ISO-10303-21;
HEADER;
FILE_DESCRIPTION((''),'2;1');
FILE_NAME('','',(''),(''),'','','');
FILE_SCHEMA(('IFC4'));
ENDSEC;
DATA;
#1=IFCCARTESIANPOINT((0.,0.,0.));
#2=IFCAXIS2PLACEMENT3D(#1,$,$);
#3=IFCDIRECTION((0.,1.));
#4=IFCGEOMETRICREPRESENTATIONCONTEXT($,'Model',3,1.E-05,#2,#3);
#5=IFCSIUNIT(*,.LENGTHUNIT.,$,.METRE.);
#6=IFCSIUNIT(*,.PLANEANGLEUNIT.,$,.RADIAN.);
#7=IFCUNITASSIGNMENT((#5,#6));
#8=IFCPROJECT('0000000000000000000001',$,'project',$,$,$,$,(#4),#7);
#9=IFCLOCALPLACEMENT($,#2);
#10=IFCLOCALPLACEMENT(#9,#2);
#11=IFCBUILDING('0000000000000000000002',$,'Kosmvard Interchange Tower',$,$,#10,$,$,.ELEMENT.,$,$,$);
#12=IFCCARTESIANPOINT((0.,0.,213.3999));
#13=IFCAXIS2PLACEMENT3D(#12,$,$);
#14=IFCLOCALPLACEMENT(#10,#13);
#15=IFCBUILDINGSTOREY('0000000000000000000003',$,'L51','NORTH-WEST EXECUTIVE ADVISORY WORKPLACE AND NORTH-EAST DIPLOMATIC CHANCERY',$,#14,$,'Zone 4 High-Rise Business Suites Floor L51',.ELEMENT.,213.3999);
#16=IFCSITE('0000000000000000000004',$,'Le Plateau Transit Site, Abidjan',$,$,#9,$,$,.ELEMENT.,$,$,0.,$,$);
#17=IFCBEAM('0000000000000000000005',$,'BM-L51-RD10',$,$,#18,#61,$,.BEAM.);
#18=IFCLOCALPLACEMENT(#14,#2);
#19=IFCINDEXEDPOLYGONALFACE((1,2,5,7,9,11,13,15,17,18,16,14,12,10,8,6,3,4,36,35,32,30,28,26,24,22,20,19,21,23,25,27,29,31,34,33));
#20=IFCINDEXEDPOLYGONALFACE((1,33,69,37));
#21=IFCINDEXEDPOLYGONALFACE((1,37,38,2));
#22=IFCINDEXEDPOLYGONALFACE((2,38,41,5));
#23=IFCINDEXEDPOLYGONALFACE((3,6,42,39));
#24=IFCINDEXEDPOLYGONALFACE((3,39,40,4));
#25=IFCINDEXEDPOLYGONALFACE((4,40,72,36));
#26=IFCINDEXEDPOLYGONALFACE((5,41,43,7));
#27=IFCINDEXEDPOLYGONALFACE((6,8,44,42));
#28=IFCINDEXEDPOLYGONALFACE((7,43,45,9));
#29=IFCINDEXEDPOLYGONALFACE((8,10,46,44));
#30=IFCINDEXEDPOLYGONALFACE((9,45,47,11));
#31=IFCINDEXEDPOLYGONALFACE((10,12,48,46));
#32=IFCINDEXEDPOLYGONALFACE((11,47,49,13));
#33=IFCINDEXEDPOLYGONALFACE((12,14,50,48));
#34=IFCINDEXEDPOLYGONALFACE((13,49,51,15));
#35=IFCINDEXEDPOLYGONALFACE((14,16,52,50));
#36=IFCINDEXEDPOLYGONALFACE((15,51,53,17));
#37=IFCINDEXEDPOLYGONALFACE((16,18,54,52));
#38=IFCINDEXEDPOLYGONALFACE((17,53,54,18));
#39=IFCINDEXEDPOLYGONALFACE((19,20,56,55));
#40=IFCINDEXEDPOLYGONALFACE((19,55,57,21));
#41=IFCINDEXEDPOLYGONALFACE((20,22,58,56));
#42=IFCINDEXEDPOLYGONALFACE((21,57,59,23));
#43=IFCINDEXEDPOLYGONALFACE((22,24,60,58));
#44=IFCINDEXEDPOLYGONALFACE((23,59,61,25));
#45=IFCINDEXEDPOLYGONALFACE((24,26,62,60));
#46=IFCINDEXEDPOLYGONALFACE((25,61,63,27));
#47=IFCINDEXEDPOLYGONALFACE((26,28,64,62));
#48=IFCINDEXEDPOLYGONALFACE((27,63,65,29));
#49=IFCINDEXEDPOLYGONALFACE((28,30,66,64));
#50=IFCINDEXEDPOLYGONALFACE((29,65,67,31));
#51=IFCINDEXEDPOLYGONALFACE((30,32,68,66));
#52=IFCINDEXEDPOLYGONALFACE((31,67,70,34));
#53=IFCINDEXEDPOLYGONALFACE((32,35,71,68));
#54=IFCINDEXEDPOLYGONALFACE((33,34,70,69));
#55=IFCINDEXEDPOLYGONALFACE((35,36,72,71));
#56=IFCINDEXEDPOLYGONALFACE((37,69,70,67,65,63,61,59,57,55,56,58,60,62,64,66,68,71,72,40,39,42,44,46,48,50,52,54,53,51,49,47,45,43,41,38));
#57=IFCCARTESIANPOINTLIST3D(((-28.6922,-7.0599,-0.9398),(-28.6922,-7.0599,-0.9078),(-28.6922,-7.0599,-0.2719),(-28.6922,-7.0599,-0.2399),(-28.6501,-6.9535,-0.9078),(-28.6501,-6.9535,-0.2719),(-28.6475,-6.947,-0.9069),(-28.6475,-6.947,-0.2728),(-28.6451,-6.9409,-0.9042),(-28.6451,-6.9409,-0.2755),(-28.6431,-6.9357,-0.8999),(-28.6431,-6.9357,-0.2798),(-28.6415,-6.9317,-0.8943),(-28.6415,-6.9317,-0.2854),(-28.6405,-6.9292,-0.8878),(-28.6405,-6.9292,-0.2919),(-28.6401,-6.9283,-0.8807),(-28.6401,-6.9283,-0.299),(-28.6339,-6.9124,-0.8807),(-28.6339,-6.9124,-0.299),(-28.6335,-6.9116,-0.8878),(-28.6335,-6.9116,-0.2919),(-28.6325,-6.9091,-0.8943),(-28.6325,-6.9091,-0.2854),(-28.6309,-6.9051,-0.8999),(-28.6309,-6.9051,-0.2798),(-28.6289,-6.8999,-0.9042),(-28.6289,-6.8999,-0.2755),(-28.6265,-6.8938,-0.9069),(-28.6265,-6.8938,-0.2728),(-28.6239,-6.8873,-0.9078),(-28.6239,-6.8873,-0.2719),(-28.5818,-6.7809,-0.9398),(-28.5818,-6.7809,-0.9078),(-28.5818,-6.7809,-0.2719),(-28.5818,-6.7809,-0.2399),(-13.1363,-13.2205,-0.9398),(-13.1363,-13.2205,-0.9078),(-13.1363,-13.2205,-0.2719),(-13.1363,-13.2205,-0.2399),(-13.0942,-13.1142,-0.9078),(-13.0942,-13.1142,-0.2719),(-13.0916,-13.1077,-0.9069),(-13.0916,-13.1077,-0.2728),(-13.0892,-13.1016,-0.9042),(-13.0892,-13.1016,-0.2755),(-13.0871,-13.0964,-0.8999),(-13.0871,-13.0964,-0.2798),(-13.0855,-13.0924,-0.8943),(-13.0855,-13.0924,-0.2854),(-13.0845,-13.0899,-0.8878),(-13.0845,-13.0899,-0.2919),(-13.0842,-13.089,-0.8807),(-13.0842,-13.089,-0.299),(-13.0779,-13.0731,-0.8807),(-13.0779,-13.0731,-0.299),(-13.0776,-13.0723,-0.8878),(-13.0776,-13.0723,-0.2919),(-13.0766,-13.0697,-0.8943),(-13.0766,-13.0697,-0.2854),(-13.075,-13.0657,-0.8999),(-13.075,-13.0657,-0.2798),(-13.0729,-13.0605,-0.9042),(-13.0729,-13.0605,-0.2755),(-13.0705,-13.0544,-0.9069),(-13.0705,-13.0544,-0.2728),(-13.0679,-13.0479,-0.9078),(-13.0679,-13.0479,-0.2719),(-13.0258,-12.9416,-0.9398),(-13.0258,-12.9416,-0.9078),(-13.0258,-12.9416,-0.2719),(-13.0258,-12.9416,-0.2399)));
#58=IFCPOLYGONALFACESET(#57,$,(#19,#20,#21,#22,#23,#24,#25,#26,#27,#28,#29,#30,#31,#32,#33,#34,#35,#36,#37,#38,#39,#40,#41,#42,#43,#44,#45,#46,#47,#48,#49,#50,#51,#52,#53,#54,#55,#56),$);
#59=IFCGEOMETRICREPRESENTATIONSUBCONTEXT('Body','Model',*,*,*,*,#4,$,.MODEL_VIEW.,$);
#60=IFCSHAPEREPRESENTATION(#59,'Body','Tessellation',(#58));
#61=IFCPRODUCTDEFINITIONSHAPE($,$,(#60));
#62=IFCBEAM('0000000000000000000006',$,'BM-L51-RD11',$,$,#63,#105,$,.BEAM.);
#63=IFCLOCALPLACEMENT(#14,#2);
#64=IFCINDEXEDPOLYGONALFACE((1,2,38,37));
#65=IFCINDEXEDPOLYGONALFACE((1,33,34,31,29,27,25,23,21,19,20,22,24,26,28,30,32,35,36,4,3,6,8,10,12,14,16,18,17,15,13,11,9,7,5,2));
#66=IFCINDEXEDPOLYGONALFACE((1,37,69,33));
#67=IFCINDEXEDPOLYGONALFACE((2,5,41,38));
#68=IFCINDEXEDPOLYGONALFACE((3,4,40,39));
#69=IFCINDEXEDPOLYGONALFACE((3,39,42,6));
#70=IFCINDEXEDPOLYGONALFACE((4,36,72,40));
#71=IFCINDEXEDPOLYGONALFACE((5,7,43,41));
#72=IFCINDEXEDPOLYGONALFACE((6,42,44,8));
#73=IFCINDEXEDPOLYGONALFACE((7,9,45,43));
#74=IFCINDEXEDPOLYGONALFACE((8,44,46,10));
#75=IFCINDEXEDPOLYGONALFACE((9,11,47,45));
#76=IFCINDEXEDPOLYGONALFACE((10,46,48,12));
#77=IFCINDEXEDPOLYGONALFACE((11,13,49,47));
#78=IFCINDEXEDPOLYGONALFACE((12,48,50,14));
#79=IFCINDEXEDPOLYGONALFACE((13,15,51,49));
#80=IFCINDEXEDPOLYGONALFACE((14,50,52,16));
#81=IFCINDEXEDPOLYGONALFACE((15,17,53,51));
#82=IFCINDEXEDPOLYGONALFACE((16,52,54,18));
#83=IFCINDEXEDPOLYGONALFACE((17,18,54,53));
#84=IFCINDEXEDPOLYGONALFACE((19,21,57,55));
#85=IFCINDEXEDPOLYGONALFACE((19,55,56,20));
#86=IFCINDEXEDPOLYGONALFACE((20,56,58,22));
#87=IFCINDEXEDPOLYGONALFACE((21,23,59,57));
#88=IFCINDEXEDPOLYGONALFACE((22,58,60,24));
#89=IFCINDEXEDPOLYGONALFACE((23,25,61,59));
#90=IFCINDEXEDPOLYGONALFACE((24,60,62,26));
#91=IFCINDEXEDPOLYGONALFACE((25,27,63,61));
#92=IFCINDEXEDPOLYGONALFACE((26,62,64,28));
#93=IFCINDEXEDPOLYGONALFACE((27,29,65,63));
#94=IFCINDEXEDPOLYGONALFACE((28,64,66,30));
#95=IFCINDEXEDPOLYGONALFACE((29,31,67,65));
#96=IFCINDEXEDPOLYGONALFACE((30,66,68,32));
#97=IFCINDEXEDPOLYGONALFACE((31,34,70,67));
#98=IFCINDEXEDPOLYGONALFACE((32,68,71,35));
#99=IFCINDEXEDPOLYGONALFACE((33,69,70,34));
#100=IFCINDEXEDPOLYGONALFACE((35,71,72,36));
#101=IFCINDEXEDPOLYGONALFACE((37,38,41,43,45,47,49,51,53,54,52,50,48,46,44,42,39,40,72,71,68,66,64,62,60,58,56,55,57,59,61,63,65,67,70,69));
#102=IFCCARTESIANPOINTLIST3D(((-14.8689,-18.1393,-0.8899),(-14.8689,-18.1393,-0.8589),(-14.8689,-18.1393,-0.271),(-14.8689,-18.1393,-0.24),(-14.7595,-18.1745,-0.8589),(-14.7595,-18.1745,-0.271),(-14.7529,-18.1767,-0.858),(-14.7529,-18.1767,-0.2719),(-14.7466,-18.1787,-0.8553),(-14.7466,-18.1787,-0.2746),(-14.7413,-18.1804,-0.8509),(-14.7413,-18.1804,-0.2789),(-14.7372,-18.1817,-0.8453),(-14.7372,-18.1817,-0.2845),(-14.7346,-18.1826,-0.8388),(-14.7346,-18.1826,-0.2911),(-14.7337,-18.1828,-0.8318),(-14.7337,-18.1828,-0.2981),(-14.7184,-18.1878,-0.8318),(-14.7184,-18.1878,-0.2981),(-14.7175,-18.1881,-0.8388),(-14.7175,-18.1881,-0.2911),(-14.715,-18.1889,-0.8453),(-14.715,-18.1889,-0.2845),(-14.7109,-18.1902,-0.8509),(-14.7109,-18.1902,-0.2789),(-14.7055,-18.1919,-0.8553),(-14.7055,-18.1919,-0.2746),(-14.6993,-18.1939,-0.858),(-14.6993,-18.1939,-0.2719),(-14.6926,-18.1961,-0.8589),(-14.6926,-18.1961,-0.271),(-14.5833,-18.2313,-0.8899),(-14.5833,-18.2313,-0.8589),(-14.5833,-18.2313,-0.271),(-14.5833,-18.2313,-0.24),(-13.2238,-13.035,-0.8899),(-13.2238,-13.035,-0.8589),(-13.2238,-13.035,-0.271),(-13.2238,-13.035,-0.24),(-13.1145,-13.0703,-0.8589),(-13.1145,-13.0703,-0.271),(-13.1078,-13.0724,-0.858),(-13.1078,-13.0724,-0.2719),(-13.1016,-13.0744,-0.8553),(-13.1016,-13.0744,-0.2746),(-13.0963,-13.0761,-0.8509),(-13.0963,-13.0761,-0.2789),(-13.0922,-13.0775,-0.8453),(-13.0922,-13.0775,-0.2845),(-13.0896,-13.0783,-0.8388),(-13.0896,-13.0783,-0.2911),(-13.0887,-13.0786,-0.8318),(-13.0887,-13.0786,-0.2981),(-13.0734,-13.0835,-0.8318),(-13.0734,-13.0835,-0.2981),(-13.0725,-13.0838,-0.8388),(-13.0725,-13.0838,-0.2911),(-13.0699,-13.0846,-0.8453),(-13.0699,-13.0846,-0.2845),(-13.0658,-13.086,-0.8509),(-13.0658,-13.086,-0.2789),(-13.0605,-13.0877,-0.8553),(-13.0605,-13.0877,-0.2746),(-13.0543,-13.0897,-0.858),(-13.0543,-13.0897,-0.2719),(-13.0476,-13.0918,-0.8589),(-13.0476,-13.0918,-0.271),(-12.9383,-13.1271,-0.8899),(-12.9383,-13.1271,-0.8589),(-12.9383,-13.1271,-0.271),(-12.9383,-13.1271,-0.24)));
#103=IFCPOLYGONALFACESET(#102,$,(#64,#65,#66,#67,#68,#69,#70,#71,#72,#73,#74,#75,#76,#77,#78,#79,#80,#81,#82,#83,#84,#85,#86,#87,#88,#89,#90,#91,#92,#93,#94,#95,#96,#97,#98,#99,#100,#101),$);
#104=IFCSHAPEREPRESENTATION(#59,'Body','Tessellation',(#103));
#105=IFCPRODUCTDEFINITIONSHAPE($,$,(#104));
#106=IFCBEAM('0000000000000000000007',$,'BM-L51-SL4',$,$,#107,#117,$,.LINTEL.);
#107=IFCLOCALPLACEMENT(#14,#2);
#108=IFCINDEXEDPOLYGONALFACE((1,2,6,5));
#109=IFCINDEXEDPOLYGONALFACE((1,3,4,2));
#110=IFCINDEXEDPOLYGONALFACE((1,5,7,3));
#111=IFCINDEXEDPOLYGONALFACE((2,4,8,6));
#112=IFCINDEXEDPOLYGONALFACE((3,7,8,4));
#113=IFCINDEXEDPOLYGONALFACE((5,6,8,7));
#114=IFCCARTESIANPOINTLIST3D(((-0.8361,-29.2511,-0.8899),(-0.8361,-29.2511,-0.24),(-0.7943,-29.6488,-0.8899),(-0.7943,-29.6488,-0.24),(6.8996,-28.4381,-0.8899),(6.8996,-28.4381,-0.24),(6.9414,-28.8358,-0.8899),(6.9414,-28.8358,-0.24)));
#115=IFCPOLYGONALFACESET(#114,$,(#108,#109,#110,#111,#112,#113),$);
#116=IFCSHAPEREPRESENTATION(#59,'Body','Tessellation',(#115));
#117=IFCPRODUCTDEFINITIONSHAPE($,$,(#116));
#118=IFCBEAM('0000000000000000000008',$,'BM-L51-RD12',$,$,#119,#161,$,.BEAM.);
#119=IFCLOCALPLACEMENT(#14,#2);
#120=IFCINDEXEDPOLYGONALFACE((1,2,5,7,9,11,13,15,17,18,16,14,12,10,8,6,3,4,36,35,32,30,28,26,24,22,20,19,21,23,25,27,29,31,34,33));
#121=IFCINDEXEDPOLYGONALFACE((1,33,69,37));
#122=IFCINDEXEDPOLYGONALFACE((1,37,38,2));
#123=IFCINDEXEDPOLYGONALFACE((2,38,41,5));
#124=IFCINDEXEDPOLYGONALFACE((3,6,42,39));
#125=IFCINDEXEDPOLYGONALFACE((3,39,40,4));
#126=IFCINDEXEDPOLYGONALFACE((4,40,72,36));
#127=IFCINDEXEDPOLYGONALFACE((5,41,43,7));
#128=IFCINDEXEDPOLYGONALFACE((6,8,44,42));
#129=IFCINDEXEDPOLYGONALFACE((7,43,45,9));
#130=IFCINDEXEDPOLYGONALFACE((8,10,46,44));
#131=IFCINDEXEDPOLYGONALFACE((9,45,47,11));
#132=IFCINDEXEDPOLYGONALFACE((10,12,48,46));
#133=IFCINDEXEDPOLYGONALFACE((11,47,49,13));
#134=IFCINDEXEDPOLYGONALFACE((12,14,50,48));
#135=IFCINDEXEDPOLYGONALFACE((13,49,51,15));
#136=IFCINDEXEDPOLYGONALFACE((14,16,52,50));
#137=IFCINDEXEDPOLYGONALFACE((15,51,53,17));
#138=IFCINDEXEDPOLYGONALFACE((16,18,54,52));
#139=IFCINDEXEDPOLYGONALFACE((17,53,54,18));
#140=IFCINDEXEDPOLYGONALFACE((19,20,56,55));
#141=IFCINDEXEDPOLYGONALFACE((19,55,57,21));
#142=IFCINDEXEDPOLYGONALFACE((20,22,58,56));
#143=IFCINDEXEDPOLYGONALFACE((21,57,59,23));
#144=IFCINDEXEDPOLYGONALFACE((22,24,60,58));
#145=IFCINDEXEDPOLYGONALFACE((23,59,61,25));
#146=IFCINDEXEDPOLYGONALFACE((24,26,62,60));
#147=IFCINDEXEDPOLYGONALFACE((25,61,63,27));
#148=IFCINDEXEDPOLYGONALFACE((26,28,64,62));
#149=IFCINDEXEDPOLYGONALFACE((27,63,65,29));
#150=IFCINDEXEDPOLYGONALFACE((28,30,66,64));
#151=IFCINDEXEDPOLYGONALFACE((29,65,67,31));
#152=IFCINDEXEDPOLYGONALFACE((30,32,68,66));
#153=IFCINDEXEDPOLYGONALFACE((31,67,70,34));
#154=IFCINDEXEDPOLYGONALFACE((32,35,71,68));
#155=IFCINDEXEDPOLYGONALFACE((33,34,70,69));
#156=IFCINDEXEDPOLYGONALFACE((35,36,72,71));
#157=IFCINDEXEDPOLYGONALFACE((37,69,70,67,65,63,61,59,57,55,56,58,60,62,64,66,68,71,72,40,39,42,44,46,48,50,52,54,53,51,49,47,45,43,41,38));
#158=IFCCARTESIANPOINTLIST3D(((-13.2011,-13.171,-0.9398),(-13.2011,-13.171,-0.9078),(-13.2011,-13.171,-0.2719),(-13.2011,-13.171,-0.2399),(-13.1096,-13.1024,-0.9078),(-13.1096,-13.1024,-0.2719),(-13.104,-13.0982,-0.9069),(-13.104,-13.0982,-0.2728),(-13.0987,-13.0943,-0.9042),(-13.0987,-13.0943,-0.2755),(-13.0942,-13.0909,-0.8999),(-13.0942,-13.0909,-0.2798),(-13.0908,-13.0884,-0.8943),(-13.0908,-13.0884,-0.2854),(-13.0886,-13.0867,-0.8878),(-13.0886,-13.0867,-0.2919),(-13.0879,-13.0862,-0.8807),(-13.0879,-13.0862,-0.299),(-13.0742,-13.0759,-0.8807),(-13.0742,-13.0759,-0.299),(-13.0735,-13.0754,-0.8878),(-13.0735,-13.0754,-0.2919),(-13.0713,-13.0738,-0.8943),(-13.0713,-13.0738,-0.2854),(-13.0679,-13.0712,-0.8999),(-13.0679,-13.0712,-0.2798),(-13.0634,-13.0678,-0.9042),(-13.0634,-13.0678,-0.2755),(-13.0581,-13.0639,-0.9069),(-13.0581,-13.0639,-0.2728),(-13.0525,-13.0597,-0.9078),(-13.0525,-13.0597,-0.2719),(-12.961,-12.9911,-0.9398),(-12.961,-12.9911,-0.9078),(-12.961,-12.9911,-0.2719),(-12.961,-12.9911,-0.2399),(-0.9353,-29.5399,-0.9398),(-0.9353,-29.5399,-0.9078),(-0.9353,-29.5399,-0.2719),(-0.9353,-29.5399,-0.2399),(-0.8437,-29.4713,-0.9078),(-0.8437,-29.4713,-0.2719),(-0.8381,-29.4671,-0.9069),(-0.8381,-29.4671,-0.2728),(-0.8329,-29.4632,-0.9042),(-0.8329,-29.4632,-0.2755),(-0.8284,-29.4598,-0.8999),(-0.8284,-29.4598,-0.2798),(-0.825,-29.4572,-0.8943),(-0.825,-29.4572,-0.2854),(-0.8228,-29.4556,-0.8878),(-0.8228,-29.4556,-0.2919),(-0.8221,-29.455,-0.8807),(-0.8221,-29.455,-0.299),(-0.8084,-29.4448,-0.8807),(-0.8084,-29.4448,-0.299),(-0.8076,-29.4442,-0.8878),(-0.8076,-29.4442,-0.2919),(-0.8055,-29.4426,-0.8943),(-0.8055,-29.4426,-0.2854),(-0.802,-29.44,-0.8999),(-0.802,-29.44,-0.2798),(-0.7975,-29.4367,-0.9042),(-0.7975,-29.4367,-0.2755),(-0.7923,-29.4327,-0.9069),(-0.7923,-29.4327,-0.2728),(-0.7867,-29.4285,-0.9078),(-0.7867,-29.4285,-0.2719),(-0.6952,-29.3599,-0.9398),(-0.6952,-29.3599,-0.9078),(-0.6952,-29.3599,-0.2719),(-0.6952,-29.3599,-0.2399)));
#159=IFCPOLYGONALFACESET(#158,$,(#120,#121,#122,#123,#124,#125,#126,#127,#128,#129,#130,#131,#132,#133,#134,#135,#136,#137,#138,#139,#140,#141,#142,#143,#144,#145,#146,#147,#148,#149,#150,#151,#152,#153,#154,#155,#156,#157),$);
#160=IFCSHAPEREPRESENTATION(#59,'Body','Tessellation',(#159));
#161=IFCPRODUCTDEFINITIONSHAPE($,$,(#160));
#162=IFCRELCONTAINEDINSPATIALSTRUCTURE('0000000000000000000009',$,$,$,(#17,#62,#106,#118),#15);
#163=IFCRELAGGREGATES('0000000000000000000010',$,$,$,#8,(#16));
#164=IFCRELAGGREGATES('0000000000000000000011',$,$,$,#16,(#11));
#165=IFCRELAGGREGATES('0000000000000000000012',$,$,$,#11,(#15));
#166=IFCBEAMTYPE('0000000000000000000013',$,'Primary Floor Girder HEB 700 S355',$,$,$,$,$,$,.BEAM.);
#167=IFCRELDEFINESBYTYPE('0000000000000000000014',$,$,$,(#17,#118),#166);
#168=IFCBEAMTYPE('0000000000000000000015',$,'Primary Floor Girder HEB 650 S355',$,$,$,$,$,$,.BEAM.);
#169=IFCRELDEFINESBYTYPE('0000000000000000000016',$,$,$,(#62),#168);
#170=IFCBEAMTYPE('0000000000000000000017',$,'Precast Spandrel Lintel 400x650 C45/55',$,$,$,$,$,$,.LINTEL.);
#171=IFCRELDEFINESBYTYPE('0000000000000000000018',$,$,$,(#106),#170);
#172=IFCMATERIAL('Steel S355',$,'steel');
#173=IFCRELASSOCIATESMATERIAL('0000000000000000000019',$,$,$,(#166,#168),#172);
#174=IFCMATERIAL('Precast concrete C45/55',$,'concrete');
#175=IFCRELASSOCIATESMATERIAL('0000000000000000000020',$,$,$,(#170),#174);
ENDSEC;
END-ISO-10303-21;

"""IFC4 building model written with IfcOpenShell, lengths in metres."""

from ifc_helpers import new_model, si_unit, direction, frame, origin, origin_2d, place, context, subcontext, project, spatial, rectangle, i_section, extrude, source, transform, mapped, material, material_profile, profile_set, type_object, element, save


model = new_model("IFC4")

# Units and contexts
model_context = context("Model", 3, precision=1e-05, world=origin(), true_north=direction((0.0, 1.0)))
body_context = subcontext(model_context, "Body", "Model", "MODEL_VIEW")
ifc_project = project(units=[si_unit("LENGTHUNIT", "METRE"), si_unit("PLANEANGLEUNIT", "RADIAN")], contexts=[model_context])

# Site, building, storey
site_placement = place(None, origin())
site = spatial("IfcSite", under=ifc_project, at=site_placement, Name="Le Plateau Transit Site, Abidjan", CompositionType="ELEMENT", RefElevation=0.0)
building_placement = place(site_placement, origin())
building = spatial("IfcBuilding", under=site, at=building_placement, Name="Kosmvard Interchange Tower", CompositionType="ELEMENT")
storey_placement = place(building_placement, frame((0.0, 0.0, 213.3999)))
storey = spatial("IfcBuildingStorey", under=building, at=storey_placement, Name="L51", Description="NORTH-WEST EXECUTIVE ADVISORY WORKPLACE AND NORTH-EAST DIPLOMATIC CHANCERY", LongName="Zone 4 High-Rise Business Suites Floor L51", CompositionType="ELEMENT", Elevation=213.3999)

# Beams
ifc_material_1 = material(Name="Steel S355", Category="steel")
ifc_material_profile_1 = material_profile(ifc_material_1, i_section(OverallWidth=0.3, OverallDepth=0.7, WebThickness=0.0171, FlangeThickness=0.032, FilletRadius=0.0271, at=origin_2d()), Name="HEB 700")
ifc_profile_set_1 = profile_set([ifc_material_profile_1], Name="Steel S355")
beam_type_1 = type_object("IfcBeamType", Name="Primary Floor Girder HEB 700 S355", PredefinedType="BEAM", material=ifc_profile_set_1)
shared_shape_1 = source(origin(), body_context, "Body", "SweptSolid", [
    extrude(i_section(OverallWidth=0.3, OverallDepth=0.7, WebThickness=0.0171, FlangeThickness=0.032, FilletRadius=0.0271, at=origin_2d()), origin(), (0.0, 0.0, 1.0), 16.7314),
])
beam_1_placement = place(storey_placement, frame((-13.0811, -13.0811, -0.5898), z_axis=(-0.929743, 0.368209, 0.0), x_axis=(-0.368209, -0.929743, 0.0)))
element("IfcBeam", 1, at=beam_1_placement, inside=storey, type_object=beam_type_1, Name="BM-L51-RD10", PredefinedType="BEAM", context=body_context, shape_type="MappedRepresentation", body=[
    mapped(shared_shape_1, transform((0.0, 0.0, 0.0), scale=1.0)),
])
ifc_material_profile_2 = material_profile(ifc_material_1, i_section(OverallWidth=0.3, OverallDepth=0.6499, WebThickness=0.0161, FlangeThickness=0.031, FilletRadius=0.0271, at=origin_2d()), Name="HEB 650")
ifc_profile_set_2 = profile_set([ifc_material_profile_2], Name="Steel S355")
beam_type_2 = type_object("IfcBeamType", Name="Primary Floor Girder HEB 650 S355", PredefinedType="BEAM", material=ifc_profile_set_2)
shared_shape_2 = source(origin(), body_context, "Body", "SweptSolid", [
    extrude(i_section(OverallWidth=0.3, OverallDepth=0.6499, WebThickness=0.0161, FlangeThickness=0.031, FilletRadius=0.0271, at=origin_2d()), origin(), (0.0, 0.0, 1.0), 5.3628),
])
beam_2_placement = place(storey_placement, frame((-13.0811, -13.0811, -0.5649), z_axis=(-0.306747, -0.951791, 0.0), x_axis=(0.951791, -0.306747, 0.0)))
element("IfcBeam", 2, at=beam_2_placement, inside=storey, type_object=beam_type_2, Name="BM-L51-RD11", PredefinedType="BEAM", context=body_context, shape_type="MappedRepresentation", body=[
    mapped(shared_shape_2, transform((0.0, 0.0, 0.0), scale=1.0)),
])
ifc_material_2 = material(Name="Precast concrete C45/55", Category="concrete")
ifc_material_profile_3 = material_profile(ifc_material_2, rectangle(XDim=0.3999, YDim=0.6499, at=origin_2d()), Name="SL 400x650")
ifc_profile_set_3 = profile_set([ifc_material_profile_3], Name="Precast concrete C45/55")
beam_type_3 = type_object("IfcBeamType", Name="Precast Spandrel Lintel 400x650 C45/55", PredefinedType="LINTEL", material=ifc_profile_set_3)
shared_shape_3 = source(origin(), body_context, "Body", "SweptSolid", [
    extrude(rectangle(XDim=0.3999, YDim=0.6499, at=origin_2d()), origin(), (0.0, 0.0, 1.0), 7.7783),
])
beam_3_placement = place(storey_placement, frame((-0.8152, -29.45, -0.5649), z_axis=(0.994523, 0.104521, 0.0), x_axis=(-0.104521, 0.994523, 0.0)))
element("IfcBeam", 3, at=beam_3_placement, inside=storey, type_object=beam_type_3, Name="BM-L51-SL4", PredefinedType="LINTEL", context=body_context, shape_type="MappedRepresentation", body=[
    mapped(shared_shape_3, transform((0.0, 0.0, 0.0), scale=1.0)),
])
shared_shape_4 = source(origin(), body_context, "Body", "SweptSolid", [
    extrude(i_section(OverallWidth=0.3, OverallDepth=0.7, WebThickness=0.0171, FlangeThickness=0.032, FilletRadius=0.0271, at=origin_2d()), origin(), (0.0, 0.0, 1.0), 20.4546),
])
beam_4_placement = place(storey_placement, frame((-13.0811, -13.0811, -0.5898), z_axis=(0.599662, -0.800253, 0.0), x_axis=(0.800253, 0.599662, 0.0)))
element("IfcBeam", 4, at=beam_4_placement, inside=storey, type_object=beam_type_1, Name="BM-L51-RD12", PredefinedType="BEAM", context=body_context, shape_type="MappedRepresentation", body=[
    mapped(shared_shape_4, transform((0.0, 0.0, 0.0), scale=1.0)),
])

save(model, "model.ifc")
